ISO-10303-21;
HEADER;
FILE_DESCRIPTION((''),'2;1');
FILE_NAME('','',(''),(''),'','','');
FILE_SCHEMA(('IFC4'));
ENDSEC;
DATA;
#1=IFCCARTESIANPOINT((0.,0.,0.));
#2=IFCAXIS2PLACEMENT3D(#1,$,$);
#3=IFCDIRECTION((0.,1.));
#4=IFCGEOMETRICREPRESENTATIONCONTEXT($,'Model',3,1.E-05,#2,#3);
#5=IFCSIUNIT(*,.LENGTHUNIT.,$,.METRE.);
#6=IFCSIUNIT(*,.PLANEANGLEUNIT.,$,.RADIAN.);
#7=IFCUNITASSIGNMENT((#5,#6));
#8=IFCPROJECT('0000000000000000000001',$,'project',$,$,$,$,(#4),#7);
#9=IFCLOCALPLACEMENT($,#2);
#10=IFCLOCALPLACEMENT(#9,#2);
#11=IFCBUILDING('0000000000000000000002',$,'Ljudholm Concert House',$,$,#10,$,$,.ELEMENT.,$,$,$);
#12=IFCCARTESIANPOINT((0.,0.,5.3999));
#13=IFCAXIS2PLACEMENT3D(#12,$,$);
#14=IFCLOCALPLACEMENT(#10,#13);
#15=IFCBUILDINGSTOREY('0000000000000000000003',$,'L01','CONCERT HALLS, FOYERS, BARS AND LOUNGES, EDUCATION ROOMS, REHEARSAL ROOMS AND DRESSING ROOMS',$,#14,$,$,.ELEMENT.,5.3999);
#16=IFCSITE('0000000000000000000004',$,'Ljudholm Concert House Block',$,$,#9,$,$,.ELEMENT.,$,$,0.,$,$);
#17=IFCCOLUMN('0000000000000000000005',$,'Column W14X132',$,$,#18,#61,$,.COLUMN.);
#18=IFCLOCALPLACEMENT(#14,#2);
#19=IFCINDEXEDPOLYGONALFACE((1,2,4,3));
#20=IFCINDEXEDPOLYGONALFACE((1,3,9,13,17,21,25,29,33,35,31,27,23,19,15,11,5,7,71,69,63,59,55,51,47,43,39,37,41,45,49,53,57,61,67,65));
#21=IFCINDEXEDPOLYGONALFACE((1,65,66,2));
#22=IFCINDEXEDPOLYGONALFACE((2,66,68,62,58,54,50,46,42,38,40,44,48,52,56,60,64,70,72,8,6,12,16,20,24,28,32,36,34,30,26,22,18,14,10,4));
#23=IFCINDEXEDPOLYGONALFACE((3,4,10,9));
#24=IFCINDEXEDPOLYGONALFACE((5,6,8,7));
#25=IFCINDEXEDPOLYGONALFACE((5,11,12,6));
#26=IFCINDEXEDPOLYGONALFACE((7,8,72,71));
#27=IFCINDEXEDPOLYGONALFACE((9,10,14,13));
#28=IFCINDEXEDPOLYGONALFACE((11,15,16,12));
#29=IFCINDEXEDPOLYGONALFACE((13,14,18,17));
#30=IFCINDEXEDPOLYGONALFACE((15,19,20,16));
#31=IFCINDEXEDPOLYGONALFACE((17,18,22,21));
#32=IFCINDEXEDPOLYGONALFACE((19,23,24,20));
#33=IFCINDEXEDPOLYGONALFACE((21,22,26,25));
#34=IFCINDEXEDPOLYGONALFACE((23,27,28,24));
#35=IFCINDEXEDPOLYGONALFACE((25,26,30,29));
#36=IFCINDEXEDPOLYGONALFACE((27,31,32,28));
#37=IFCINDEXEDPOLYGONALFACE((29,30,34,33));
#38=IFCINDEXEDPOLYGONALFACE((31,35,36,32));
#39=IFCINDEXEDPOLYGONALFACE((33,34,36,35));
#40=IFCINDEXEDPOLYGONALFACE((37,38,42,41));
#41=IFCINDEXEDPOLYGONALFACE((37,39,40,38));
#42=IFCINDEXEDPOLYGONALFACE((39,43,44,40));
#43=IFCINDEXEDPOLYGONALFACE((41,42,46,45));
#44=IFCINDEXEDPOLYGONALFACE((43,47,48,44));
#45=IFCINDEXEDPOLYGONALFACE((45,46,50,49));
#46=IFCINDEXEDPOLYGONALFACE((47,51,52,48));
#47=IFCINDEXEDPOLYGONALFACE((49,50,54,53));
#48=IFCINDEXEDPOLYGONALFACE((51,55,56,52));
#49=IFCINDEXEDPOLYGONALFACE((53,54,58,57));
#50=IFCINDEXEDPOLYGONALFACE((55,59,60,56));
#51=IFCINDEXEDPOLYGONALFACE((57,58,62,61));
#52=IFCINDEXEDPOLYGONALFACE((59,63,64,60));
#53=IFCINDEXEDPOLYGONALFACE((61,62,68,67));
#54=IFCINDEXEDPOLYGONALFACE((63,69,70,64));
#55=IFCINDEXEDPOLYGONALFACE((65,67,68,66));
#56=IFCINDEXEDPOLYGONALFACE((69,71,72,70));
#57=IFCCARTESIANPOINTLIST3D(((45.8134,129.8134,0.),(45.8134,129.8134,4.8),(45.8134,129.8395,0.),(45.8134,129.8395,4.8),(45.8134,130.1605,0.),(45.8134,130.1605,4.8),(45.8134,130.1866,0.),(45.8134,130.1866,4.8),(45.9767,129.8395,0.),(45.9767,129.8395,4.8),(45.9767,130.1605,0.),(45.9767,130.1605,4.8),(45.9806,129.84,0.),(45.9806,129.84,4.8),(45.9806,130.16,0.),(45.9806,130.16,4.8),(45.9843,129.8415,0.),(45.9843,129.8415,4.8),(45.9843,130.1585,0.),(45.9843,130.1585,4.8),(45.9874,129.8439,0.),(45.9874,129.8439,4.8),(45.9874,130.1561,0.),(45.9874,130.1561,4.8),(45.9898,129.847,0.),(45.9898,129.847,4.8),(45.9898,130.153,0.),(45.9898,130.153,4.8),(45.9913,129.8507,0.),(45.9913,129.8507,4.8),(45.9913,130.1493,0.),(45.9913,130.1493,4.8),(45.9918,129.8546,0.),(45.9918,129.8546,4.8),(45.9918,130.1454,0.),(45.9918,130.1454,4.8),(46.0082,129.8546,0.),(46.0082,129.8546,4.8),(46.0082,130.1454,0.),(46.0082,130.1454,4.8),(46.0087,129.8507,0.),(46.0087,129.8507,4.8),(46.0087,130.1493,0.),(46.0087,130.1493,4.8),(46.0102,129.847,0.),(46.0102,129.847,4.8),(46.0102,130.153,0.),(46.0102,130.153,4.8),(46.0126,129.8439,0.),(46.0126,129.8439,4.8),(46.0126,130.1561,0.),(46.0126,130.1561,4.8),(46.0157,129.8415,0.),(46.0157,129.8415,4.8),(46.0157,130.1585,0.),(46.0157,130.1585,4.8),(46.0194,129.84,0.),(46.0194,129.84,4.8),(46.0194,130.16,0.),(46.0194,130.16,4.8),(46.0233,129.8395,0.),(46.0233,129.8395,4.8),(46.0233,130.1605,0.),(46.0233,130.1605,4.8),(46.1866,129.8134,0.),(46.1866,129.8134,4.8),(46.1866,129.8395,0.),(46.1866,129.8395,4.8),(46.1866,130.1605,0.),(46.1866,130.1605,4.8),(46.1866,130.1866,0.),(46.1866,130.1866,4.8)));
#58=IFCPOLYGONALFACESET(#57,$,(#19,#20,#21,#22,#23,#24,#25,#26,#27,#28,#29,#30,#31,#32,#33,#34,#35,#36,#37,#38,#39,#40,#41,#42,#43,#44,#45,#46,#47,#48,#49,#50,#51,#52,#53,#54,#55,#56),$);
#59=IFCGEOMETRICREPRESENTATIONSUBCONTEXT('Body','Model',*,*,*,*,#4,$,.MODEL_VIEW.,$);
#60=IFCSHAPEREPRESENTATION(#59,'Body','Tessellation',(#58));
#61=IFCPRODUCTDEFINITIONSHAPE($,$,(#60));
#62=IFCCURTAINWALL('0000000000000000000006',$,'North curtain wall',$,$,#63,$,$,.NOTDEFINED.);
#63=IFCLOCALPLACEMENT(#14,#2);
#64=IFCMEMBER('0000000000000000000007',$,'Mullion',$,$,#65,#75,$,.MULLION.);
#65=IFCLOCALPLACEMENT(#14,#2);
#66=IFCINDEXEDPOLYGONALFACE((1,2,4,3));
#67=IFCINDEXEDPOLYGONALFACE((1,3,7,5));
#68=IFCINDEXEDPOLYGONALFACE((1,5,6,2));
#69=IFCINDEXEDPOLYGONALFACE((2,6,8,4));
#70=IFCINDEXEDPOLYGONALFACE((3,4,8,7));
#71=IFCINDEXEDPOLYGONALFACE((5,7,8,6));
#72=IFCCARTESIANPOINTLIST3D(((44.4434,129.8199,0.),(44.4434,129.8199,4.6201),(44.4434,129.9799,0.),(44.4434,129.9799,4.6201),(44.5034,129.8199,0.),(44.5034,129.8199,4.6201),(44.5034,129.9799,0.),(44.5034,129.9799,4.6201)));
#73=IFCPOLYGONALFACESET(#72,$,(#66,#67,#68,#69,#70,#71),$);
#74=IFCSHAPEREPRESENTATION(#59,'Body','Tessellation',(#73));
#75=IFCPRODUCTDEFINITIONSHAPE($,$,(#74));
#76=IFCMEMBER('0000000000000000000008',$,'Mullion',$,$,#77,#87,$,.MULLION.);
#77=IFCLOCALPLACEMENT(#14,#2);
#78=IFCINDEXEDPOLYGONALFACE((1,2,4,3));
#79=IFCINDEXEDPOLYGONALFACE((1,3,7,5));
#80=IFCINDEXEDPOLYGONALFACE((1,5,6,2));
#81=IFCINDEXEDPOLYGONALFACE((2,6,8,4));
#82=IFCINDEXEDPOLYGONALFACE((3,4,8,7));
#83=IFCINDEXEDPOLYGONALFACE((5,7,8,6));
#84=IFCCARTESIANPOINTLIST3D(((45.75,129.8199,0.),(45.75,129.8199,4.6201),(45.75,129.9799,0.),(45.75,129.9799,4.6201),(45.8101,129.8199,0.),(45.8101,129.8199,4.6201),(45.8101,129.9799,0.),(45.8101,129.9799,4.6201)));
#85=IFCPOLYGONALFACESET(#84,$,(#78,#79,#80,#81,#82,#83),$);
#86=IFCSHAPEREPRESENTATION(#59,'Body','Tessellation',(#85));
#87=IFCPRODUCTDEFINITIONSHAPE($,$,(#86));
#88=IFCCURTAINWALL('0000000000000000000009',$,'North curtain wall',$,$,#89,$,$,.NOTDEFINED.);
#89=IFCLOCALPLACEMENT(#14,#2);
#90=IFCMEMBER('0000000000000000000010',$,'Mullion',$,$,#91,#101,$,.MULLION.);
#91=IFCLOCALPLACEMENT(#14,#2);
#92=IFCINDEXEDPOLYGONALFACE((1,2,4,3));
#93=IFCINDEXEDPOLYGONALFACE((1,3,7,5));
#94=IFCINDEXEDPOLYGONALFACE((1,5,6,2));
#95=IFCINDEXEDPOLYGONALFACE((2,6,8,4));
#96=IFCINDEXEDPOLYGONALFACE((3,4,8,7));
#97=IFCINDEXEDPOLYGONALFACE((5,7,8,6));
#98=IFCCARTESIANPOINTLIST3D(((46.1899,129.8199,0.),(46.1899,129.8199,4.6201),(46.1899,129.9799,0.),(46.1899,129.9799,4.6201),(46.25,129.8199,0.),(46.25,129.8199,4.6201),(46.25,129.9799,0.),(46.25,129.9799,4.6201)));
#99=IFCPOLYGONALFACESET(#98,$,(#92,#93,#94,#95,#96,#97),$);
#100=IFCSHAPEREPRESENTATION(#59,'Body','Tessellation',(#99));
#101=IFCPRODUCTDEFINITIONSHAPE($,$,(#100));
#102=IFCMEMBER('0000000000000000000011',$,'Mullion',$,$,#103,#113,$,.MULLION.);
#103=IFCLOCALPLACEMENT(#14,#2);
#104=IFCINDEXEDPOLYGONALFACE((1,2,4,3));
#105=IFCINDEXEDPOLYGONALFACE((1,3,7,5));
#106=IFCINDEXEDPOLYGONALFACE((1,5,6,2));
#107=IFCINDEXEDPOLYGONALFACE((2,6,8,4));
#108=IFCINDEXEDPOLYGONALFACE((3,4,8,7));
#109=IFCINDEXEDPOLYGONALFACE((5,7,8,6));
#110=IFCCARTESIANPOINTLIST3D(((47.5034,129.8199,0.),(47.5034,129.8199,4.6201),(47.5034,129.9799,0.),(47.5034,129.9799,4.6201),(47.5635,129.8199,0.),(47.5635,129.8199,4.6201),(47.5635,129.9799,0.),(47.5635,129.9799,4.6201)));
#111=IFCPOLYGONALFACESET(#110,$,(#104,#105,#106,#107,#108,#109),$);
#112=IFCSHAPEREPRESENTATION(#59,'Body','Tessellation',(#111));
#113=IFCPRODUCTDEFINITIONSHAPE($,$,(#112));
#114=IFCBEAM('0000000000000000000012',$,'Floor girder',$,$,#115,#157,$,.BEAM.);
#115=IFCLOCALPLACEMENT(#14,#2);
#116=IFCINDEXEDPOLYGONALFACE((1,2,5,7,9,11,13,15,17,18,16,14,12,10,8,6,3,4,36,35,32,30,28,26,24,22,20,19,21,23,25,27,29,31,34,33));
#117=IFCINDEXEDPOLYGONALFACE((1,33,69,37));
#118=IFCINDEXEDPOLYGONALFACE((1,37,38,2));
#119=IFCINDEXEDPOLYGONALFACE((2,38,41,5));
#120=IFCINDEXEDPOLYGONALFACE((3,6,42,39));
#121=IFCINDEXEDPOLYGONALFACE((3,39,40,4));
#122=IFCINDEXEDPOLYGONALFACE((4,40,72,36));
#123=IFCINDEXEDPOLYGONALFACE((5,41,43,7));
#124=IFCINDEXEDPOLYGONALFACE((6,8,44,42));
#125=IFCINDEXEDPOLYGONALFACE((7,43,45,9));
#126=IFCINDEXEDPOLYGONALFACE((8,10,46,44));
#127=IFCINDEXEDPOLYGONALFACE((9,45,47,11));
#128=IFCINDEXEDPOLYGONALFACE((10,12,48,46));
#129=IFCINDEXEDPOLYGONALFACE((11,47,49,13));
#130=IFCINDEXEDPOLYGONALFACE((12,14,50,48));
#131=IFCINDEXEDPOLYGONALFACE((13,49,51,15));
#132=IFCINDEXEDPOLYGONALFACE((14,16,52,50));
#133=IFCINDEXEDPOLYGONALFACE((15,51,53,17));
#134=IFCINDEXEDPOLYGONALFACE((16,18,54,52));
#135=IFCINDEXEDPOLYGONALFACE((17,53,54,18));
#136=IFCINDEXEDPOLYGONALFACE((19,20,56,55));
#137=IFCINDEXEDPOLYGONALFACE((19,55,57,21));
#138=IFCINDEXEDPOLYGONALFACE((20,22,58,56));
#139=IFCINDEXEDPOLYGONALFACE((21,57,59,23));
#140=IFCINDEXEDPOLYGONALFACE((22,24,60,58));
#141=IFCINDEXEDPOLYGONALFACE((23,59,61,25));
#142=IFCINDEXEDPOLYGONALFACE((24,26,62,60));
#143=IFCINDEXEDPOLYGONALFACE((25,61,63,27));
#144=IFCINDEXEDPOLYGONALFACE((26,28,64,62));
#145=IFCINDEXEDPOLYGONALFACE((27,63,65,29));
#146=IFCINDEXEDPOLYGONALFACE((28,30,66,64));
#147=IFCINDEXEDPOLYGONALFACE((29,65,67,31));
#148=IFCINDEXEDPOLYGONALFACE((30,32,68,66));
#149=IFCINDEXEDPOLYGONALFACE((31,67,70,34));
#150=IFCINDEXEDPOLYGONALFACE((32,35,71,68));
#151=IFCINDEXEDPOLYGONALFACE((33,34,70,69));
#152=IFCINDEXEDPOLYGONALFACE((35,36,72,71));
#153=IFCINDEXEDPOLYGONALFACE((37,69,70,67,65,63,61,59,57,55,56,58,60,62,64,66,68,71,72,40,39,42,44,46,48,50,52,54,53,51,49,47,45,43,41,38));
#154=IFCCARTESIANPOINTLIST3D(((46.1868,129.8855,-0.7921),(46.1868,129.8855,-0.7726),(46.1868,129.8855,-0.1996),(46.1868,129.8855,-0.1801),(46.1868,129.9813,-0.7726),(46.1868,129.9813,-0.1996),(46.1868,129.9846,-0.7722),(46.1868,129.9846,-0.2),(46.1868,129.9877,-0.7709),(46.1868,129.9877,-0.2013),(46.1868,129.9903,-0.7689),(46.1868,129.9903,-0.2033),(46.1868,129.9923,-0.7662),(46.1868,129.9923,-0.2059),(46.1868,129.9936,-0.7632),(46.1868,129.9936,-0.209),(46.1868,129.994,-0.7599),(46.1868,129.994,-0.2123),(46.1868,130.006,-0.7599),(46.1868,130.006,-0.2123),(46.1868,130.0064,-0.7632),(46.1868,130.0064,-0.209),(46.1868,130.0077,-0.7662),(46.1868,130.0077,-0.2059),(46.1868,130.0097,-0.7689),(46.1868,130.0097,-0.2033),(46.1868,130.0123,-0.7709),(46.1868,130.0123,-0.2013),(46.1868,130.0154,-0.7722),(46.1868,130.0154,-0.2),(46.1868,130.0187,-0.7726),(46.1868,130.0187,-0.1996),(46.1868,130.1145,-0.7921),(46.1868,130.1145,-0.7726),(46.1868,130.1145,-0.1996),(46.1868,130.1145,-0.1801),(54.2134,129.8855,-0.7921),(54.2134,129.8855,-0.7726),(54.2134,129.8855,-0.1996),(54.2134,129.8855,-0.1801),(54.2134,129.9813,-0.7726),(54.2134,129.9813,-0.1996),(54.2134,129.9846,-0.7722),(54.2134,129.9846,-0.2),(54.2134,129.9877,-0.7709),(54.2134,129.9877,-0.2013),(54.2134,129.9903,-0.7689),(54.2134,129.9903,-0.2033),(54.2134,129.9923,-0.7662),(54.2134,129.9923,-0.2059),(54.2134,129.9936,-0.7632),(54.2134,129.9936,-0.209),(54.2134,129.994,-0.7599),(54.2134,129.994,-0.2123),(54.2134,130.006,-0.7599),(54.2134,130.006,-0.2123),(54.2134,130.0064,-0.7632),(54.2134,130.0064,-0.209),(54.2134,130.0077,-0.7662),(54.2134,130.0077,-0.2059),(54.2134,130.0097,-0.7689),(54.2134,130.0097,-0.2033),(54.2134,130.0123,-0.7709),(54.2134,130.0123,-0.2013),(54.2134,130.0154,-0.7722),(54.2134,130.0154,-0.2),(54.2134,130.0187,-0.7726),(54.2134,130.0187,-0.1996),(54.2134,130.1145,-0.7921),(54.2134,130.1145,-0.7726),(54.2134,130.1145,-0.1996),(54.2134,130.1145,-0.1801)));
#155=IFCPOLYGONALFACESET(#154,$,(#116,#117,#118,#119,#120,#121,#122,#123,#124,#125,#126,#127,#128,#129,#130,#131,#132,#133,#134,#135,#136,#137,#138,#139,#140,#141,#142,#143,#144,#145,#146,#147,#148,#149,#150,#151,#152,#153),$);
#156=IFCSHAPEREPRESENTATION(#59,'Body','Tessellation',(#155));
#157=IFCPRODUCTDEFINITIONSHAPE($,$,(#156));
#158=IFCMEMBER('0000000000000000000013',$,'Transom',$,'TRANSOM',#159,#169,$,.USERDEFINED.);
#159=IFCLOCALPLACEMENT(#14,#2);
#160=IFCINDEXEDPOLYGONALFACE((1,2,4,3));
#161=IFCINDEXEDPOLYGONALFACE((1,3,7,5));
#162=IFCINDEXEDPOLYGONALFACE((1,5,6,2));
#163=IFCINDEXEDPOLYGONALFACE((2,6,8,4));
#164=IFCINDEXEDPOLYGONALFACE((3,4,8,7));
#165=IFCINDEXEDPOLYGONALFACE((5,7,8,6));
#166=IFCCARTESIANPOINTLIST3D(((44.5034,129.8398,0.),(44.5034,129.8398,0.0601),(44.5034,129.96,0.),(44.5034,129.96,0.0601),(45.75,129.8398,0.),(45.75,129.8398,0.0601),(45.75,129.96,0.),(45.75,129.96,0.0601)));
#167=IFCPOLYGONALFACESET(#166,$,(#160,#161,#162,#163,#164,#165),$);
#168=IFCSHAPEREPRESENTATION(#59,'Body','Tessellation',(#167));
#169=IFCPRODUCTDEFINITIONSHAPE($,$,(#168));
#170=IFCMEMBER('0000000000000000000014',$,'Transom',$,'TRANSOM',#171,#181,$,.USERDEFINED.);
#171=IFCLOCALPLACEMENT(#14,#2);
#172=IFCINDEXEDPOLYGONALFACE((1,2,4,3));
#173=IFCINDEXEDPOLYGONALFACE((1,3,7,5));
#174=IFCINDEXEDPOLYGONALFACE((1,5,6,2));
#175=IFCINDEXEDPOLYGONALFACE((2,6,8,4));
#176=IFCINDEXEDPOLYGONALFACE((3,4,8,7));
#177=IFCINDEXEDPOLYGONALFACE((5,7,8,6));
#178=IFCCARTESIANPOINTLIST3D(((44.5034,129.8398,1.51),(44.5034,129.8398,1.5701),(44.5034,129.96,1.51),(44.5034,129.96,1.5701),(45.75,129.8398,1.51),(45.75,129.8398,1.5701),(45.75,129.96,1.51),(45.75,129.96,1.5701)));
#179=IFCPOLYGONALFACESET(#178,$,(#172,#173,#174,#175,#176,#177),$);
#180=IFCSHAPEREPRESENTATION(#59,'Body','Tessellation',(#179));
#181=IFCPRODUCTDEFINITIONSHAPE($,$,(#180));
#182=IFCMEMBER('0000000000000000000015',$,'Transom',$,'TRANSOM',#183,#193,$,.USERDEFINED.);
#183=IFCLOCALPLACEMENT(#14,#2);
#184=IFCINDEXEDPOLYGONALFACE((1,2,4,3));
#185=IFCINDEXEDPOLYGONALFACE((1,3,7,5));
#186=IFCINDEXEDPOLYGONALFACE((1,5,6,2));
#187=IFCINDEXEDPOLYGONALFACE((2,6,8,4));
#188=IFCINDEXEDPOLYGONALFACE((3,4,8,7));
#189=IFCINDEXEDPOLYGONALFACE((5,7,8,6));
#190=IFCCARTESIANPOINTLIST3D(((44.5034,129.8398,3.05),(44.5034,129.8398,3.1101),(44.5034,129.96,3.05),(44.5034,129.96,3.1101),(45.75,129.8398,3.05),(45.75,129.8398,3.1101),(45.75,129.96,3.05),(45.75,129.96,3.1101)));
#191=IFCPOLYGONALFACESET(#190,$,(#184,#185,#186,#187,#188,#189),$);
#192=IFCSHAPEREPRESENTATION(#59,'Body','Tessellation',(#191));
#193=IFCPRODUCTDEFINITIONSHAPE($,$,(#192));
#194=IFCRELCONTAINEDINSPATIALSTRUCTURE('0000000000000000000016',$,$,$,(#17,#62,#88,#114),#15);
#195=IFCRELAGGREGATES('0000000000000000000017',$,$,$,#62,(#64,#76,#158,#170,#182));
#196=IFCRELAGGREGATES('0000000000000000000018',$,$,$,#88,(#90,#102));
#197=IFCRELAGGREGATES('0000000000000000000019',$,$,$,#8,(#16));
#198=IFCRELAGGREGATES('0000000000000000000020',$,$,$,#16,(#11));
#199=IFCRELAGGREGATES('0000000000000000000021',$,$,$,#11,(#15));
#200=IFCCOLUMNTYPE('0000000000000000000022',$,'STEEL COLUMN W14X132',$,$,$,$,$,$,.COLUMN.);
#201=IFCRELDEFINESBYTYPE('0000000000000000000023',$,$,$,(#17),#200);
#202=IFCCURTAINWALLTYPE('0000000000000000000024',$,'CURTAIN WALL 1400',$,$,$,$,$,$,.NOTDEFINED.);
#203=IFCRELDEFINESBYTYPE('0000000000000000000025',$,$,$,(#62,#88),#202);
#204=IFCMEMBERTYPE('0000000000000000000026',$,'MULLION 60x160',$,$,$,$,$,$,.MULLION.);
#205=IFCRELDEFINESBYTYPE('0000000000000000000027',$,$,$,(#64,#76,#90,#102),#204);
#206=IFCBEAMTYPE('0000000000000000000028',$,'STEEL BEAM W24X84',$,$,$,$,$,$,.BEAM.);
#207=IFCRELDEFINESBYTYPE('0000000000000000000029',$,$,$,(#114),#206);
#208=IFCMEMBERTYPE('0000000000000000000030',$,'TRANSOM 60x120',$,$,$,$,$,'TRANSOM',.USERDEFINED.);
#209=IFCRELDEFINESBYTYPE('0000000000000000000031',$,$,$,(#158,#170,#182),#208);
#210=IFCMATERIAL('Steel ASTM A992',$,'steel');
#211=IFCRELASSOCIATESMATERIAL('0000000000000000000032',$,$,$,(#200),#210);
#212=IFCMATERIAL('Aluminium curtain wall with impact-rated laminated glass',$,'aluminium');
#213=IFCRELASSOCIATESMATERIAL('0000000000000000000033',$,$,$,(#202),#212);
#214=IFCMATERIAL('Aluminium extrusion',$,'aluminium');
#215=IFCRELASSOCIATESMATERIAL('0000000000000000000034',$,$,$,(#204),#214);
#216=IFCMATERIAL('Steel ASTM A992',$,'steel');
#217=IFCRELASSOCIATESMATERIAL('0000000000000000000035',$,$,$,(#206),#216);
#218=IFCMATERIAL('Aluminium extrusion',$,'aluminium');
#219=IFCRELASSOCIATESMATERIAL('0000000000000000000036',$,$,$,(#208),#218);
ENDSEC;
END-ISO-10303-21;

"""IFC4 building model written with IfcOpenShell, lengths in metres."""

from ifc_helpers import new_model, si_unit, direction, frame, origin, origin_2d, place, context, subcontext, project, spatial, rectangle, i_section, extrude, material, material_profile, profile_set, type_object, element, aggregate, save


model = new_model("IFC4")

# Units and contexts
model_context = context("Model", 3, precision=1e-05, world=origin(), true_north=direction((0.0, 1.0)))
body_context = subcontext(model_context, "Body", "Model", "MODEL_VIEW")
ifc_project = project(units=[si_unit("LENGTHUNIT", "METRE"), si_unit("PLANEANGLEUNIT", "RADIAN")], contexts=[model_context])

# Site, building, storey
site_placement = place(None, origin())
site = spatial("IfcSite", under=ifc_project, at=site_placement, Name="Ljudholm Concert House Block", CompositionType="ELEMENT", RefElevation=0.0)
building_placement = place(site_placement, origin())
building = spatial("IfcBuilding", under=site, at=building_placement, Name="Ljudholm Concert House", CompositionType="ELEMENT")
storey_placement = place(building_placement, frame((0.0, 0.0, 5.3999)))
storey = spatial("IfcBuildingStorey", under=building, at=storey_placement, Name="L01", Description="CONCERT HALLS, FOYERS, BARS AND LOUNGES, EDUCATION ROOMS, REHEARSAL ROOMS AND DRESSING ROOMS", CompositionType="ELEMENT", Elevation=5.3999)

# Column
ifc_material_1 = material(Name="Steel ASTM A992", Category="steel")
ifc_material_profile_1 = material_profile(ifc_material_1, i_section(OverallWidth=0.3733, OverallDepth=0.3733, WebThickness=0.0164, FlangeThickness=0.0261, FilletRadius=0.0151, at=origin_2d()), Name="W14X132")
ifc_profile_set_1 = profile_set([ifc_material_profile_1], Name="Steel ASTM A992")
column_type = type_object("IfcColumnType", Name="STEEL COLUMN W14X132", PredefinedType="COLUMN", material=ifc_profile_set_1)
column_placement = place(storey_placement, frame((46.0, 130.0, 0.0), z_axis=(0.0, 0.0, 1.0), x_axis=(1.0, 0.0, 0.0)))
element("IfcColumn", 1, at=column_placement, inside=storey, type_object=column_type, Name="Column W14X132", PredefinedType="COLUMN", context=body_context, shape_type="SweptSolid", body=[
    extrude(i_section(OverallWidth=0.3733, OverallDepth=0.3733, WebThickness=0.0164, FlangeThickness=0.0261, FilletRadius=0.0151, at=origin_2d()), origin(), (0.0, 0.0, 1.0), 4.8),
])

# Curtain walls, members
ifc_material_2 = material(Name="Aluminium curtain wall with impact-rated laminated glass", Category="aluminium")
curtain_wall_type = type_object("IfcCurtainWallType", Name="CURTAIN WALL 1400", PredefinedType="NOTDEFINED", material=ifc_material_2)
curtain_wall_1_placement = place(storey_placement, origin())
curtain_wall_1 = element("IfcCurtainWall", 2, at=curtain_wall_1_placement, inside=storey, type_object=curtain_wall_type, Name="North curtain wall", PredefinedType="NOTDEFINED")
ifc_material_3 = material(Name="Aluminium extrusion", Category="aluminium")
ifc_material_profile_2 = material_profile(ifc_material_3, rectangle(XDim=0.1599, YDim=0.0601, at=origin_2d()), Name="MULLION 60x160")
ifc_profile_set_2 = profile_set([ifc_material_profile_2], Name="Aluminium extrusion")
member_type_1 = type_object("IfcMemberType", Name="MULLION 60x160", PredefinedType="MULLION", material=ifc_profile_set_2)
member_1_placement = place(storey_placement, frame((44.4734, 129.8999, 0.0), z_axis=(0.0, 0.0, 1.0), x_axis=(0.0, 1.0, 0.0)))
member_1 = element("IfcMember", 3, at=member_1_placement, type_object=member_type_1, Name="Mullion", PredefinedType="MULLION", context=body_context, shape_type="SweptSolid", body=[
    extrude(rectangle(XDim=0.1599, YDim=0.0601, at=origin_2d()), origin(), (0.0, 0.0, 1.0), 4.6201),
])
member_2_placement = place(storey_placement, frame((45.78, 129.8999, 0.0), z_axis=(0.0, 0.0, 1.0), x_axis=(0.0, 1.0, 0.0)))
member_2 = element("IfcMember", 4, at=member_2_placement, type_object=member_type_1, Name="Mullion", PredefinedType="MULLION", context=body_context, shape_type="SweptSolid", body=[
    extrude(rectangle(XDim=0.1599, YDim=0.0601, at=origin_2d()), origin(), (0.0, 0.0, 1.0), 4.6201),
])
curtain_wall_2_placement = place(storey_placement, origin())
curtain_wall_2 = element("IfcCurtainWall", 5, at=curtain_wall_2_placement, inside=storey, type_object=curtain_wall_type, Name="North curtain wall", PredefinedType="NOTDEFINED")
member_3_placement = place(storey_placement, frame((46.22, 129.8999, 0.0), z_axis=(0.0, 0.0, 1.0), x_axis=(0.0, 1.0, 0.0)))
member_3 = element("IfcMember", 6, at=member_3_placement, type_object=member_type_1, Name="Mullion", PredefinedType="MULLION", context=body_context, shape_type="SweptSolid", body=[
    extrude(rectangle(XDim=0.1599, YDim=0.0601, at=origin_2d()), origin(), (0.0, 0.0, 1.0), 4.6201),
])
member_4_placement = place(storey_placement, frame((47.5334, 129.8999, 0.0), z_axis=(0.0, 0.0, 1.0), x_axis=(0.0, 1.0, 0.0)))
member_4 = element("IfcMember", 7, at=member_4_placement, type_object=member_type_1, Name="Mullion", PredefinedType="MULLION", context=body_context, shape_type="SweptSolid", body=[
    extrude(rectangle(XDim=0.1599, YDim=0.0601, at=origin_2d()), origin(), (0.0, 0.0, 1.0), 4.6201),
])

# Beam
ifc_material_4 = material(Name="Steel ASTM A992", Category="steel")
ifc_material_profile_3 = material_profile(ifc_material_4, i_section(OverallWidth=0.229, OverallDepth=0.6121, WebThickness=0.012, FlangeThickness=0.0195, FilletRadius=0.0127, at=origin_2d()), Name="W24X84")
ifc_profile_set_3 = profile_set([ifc_material_profile_3], Name="Steel ASTM A992")
beam_type = type_object("IfcBeamType", Name="STEEL BEAM W24X84", PredefinedType="BEAM", material=ifc_profile_set_3)
beam_placement = place(storey_placement, frame((46.1868, 130.0, -0.4861), z_axis=(1.0, 0.0, 0.0), x_axis=(0.0, 1.0, 0.0)))
element("IfcBeam", 8, at=beam_placement, inside=storey, type_object=beam_type, Name="Floor girder", PredefinedType="BEAM", context=body_context, shape_type="SweptSolid", body=[
    extrude(i_section(OverallWidth=0.229, OverallDepth=0.6121, WebThickness=0.012, FlangeThickness=0.0195, FilletRadius=0.0127, at=origin_2d()), origin(), (0.0, 0.0, 1.0), 8.0266),
])

# Members
ifc_material_5 = material(Name="Aluminium extrusion", Category="aluminium")
ifc_material_profile_4 = material_profile(ifc_material_5, rectangle(XDim=0.1201, YDim=0.0601, at=origin_2d()), Name="TRANSOM 60x120")
ifc_profile_set_4 = profile_set([ifc_material_profile_4], Name="Aluminium extrusion")
member_type_2 = type_object("IfcMemberType", Name="TRANSOM 60x120", ElementType="TRANSOM", PredefinedType="USERDEFINED", material=ifc_profile_set_4)
member_5_placement = place(storey_placement, frame((44.5034, 129.8999, 0.03), z_axis=(1.0, 0.0, 0.0), x_axis=(0.0, 1.0, 0.0)))
member_5 = element("IfcMember", 9, at=member_5_placement, type_object=member_type_2, Name="Transom", ObjectType="TRANSOM", PredefinedType="USERDEFINED", context=body_context, shape_type="SweptSolid", body=[
    extrude(rectangle(XDim=0.1201, YDim=0.0601, at=origin_2d()), origin(), (0.0, 0.0, 1.0), 1.2466),
])
member_6_placement = place(storey_placement, frame((44.5034, 129.8999, 1.54), z_axis=(1.0, 0.0, 0.0), x_axis=(0.0, 1.0, 0.0)))
member_6 = element("IfcMember", 10, at=member_6_placement, type_object=member_type_2, Name="Transom", ObjectType="TRANSOM", PredefinedType="USERDEFINED", context=body_context, shape_type="SweptSolid", body=[
    extrude(rectangle(XDim=0.1201, YDim=0.0601, at=origin_2d()), origin(), (0.0, 0.0, 1.0), 1.2466),
])
member_7_placement = place(storey_placement, frame((44.5034, 129.8999, 3.0801), z_axis=(1.0, 0.0, 0.0), x_axis=(0.0, 1.0, 0.0)))
member_7 = element("IfcMember", 11, at=member_7_placement, type_object=member_type_2, Name="Transom", ObjectType="TRANSOM", PredefinedType="USERDEFINED", context=body_context, shape_type="SweptSolid", body=[
    extrude(rectangle(XDim=0.1201, YDim=0.0601, at=origin_2d()), origin(), (0.0, 0.0, 1.0), 1.2466),
])

aggregate(curtain_wall_1, [member_1, member_2, member_5, member_6, member_7])
aggregate(curtain_wall_2, [member_3, member_4])

save(model, "model.ifc")
